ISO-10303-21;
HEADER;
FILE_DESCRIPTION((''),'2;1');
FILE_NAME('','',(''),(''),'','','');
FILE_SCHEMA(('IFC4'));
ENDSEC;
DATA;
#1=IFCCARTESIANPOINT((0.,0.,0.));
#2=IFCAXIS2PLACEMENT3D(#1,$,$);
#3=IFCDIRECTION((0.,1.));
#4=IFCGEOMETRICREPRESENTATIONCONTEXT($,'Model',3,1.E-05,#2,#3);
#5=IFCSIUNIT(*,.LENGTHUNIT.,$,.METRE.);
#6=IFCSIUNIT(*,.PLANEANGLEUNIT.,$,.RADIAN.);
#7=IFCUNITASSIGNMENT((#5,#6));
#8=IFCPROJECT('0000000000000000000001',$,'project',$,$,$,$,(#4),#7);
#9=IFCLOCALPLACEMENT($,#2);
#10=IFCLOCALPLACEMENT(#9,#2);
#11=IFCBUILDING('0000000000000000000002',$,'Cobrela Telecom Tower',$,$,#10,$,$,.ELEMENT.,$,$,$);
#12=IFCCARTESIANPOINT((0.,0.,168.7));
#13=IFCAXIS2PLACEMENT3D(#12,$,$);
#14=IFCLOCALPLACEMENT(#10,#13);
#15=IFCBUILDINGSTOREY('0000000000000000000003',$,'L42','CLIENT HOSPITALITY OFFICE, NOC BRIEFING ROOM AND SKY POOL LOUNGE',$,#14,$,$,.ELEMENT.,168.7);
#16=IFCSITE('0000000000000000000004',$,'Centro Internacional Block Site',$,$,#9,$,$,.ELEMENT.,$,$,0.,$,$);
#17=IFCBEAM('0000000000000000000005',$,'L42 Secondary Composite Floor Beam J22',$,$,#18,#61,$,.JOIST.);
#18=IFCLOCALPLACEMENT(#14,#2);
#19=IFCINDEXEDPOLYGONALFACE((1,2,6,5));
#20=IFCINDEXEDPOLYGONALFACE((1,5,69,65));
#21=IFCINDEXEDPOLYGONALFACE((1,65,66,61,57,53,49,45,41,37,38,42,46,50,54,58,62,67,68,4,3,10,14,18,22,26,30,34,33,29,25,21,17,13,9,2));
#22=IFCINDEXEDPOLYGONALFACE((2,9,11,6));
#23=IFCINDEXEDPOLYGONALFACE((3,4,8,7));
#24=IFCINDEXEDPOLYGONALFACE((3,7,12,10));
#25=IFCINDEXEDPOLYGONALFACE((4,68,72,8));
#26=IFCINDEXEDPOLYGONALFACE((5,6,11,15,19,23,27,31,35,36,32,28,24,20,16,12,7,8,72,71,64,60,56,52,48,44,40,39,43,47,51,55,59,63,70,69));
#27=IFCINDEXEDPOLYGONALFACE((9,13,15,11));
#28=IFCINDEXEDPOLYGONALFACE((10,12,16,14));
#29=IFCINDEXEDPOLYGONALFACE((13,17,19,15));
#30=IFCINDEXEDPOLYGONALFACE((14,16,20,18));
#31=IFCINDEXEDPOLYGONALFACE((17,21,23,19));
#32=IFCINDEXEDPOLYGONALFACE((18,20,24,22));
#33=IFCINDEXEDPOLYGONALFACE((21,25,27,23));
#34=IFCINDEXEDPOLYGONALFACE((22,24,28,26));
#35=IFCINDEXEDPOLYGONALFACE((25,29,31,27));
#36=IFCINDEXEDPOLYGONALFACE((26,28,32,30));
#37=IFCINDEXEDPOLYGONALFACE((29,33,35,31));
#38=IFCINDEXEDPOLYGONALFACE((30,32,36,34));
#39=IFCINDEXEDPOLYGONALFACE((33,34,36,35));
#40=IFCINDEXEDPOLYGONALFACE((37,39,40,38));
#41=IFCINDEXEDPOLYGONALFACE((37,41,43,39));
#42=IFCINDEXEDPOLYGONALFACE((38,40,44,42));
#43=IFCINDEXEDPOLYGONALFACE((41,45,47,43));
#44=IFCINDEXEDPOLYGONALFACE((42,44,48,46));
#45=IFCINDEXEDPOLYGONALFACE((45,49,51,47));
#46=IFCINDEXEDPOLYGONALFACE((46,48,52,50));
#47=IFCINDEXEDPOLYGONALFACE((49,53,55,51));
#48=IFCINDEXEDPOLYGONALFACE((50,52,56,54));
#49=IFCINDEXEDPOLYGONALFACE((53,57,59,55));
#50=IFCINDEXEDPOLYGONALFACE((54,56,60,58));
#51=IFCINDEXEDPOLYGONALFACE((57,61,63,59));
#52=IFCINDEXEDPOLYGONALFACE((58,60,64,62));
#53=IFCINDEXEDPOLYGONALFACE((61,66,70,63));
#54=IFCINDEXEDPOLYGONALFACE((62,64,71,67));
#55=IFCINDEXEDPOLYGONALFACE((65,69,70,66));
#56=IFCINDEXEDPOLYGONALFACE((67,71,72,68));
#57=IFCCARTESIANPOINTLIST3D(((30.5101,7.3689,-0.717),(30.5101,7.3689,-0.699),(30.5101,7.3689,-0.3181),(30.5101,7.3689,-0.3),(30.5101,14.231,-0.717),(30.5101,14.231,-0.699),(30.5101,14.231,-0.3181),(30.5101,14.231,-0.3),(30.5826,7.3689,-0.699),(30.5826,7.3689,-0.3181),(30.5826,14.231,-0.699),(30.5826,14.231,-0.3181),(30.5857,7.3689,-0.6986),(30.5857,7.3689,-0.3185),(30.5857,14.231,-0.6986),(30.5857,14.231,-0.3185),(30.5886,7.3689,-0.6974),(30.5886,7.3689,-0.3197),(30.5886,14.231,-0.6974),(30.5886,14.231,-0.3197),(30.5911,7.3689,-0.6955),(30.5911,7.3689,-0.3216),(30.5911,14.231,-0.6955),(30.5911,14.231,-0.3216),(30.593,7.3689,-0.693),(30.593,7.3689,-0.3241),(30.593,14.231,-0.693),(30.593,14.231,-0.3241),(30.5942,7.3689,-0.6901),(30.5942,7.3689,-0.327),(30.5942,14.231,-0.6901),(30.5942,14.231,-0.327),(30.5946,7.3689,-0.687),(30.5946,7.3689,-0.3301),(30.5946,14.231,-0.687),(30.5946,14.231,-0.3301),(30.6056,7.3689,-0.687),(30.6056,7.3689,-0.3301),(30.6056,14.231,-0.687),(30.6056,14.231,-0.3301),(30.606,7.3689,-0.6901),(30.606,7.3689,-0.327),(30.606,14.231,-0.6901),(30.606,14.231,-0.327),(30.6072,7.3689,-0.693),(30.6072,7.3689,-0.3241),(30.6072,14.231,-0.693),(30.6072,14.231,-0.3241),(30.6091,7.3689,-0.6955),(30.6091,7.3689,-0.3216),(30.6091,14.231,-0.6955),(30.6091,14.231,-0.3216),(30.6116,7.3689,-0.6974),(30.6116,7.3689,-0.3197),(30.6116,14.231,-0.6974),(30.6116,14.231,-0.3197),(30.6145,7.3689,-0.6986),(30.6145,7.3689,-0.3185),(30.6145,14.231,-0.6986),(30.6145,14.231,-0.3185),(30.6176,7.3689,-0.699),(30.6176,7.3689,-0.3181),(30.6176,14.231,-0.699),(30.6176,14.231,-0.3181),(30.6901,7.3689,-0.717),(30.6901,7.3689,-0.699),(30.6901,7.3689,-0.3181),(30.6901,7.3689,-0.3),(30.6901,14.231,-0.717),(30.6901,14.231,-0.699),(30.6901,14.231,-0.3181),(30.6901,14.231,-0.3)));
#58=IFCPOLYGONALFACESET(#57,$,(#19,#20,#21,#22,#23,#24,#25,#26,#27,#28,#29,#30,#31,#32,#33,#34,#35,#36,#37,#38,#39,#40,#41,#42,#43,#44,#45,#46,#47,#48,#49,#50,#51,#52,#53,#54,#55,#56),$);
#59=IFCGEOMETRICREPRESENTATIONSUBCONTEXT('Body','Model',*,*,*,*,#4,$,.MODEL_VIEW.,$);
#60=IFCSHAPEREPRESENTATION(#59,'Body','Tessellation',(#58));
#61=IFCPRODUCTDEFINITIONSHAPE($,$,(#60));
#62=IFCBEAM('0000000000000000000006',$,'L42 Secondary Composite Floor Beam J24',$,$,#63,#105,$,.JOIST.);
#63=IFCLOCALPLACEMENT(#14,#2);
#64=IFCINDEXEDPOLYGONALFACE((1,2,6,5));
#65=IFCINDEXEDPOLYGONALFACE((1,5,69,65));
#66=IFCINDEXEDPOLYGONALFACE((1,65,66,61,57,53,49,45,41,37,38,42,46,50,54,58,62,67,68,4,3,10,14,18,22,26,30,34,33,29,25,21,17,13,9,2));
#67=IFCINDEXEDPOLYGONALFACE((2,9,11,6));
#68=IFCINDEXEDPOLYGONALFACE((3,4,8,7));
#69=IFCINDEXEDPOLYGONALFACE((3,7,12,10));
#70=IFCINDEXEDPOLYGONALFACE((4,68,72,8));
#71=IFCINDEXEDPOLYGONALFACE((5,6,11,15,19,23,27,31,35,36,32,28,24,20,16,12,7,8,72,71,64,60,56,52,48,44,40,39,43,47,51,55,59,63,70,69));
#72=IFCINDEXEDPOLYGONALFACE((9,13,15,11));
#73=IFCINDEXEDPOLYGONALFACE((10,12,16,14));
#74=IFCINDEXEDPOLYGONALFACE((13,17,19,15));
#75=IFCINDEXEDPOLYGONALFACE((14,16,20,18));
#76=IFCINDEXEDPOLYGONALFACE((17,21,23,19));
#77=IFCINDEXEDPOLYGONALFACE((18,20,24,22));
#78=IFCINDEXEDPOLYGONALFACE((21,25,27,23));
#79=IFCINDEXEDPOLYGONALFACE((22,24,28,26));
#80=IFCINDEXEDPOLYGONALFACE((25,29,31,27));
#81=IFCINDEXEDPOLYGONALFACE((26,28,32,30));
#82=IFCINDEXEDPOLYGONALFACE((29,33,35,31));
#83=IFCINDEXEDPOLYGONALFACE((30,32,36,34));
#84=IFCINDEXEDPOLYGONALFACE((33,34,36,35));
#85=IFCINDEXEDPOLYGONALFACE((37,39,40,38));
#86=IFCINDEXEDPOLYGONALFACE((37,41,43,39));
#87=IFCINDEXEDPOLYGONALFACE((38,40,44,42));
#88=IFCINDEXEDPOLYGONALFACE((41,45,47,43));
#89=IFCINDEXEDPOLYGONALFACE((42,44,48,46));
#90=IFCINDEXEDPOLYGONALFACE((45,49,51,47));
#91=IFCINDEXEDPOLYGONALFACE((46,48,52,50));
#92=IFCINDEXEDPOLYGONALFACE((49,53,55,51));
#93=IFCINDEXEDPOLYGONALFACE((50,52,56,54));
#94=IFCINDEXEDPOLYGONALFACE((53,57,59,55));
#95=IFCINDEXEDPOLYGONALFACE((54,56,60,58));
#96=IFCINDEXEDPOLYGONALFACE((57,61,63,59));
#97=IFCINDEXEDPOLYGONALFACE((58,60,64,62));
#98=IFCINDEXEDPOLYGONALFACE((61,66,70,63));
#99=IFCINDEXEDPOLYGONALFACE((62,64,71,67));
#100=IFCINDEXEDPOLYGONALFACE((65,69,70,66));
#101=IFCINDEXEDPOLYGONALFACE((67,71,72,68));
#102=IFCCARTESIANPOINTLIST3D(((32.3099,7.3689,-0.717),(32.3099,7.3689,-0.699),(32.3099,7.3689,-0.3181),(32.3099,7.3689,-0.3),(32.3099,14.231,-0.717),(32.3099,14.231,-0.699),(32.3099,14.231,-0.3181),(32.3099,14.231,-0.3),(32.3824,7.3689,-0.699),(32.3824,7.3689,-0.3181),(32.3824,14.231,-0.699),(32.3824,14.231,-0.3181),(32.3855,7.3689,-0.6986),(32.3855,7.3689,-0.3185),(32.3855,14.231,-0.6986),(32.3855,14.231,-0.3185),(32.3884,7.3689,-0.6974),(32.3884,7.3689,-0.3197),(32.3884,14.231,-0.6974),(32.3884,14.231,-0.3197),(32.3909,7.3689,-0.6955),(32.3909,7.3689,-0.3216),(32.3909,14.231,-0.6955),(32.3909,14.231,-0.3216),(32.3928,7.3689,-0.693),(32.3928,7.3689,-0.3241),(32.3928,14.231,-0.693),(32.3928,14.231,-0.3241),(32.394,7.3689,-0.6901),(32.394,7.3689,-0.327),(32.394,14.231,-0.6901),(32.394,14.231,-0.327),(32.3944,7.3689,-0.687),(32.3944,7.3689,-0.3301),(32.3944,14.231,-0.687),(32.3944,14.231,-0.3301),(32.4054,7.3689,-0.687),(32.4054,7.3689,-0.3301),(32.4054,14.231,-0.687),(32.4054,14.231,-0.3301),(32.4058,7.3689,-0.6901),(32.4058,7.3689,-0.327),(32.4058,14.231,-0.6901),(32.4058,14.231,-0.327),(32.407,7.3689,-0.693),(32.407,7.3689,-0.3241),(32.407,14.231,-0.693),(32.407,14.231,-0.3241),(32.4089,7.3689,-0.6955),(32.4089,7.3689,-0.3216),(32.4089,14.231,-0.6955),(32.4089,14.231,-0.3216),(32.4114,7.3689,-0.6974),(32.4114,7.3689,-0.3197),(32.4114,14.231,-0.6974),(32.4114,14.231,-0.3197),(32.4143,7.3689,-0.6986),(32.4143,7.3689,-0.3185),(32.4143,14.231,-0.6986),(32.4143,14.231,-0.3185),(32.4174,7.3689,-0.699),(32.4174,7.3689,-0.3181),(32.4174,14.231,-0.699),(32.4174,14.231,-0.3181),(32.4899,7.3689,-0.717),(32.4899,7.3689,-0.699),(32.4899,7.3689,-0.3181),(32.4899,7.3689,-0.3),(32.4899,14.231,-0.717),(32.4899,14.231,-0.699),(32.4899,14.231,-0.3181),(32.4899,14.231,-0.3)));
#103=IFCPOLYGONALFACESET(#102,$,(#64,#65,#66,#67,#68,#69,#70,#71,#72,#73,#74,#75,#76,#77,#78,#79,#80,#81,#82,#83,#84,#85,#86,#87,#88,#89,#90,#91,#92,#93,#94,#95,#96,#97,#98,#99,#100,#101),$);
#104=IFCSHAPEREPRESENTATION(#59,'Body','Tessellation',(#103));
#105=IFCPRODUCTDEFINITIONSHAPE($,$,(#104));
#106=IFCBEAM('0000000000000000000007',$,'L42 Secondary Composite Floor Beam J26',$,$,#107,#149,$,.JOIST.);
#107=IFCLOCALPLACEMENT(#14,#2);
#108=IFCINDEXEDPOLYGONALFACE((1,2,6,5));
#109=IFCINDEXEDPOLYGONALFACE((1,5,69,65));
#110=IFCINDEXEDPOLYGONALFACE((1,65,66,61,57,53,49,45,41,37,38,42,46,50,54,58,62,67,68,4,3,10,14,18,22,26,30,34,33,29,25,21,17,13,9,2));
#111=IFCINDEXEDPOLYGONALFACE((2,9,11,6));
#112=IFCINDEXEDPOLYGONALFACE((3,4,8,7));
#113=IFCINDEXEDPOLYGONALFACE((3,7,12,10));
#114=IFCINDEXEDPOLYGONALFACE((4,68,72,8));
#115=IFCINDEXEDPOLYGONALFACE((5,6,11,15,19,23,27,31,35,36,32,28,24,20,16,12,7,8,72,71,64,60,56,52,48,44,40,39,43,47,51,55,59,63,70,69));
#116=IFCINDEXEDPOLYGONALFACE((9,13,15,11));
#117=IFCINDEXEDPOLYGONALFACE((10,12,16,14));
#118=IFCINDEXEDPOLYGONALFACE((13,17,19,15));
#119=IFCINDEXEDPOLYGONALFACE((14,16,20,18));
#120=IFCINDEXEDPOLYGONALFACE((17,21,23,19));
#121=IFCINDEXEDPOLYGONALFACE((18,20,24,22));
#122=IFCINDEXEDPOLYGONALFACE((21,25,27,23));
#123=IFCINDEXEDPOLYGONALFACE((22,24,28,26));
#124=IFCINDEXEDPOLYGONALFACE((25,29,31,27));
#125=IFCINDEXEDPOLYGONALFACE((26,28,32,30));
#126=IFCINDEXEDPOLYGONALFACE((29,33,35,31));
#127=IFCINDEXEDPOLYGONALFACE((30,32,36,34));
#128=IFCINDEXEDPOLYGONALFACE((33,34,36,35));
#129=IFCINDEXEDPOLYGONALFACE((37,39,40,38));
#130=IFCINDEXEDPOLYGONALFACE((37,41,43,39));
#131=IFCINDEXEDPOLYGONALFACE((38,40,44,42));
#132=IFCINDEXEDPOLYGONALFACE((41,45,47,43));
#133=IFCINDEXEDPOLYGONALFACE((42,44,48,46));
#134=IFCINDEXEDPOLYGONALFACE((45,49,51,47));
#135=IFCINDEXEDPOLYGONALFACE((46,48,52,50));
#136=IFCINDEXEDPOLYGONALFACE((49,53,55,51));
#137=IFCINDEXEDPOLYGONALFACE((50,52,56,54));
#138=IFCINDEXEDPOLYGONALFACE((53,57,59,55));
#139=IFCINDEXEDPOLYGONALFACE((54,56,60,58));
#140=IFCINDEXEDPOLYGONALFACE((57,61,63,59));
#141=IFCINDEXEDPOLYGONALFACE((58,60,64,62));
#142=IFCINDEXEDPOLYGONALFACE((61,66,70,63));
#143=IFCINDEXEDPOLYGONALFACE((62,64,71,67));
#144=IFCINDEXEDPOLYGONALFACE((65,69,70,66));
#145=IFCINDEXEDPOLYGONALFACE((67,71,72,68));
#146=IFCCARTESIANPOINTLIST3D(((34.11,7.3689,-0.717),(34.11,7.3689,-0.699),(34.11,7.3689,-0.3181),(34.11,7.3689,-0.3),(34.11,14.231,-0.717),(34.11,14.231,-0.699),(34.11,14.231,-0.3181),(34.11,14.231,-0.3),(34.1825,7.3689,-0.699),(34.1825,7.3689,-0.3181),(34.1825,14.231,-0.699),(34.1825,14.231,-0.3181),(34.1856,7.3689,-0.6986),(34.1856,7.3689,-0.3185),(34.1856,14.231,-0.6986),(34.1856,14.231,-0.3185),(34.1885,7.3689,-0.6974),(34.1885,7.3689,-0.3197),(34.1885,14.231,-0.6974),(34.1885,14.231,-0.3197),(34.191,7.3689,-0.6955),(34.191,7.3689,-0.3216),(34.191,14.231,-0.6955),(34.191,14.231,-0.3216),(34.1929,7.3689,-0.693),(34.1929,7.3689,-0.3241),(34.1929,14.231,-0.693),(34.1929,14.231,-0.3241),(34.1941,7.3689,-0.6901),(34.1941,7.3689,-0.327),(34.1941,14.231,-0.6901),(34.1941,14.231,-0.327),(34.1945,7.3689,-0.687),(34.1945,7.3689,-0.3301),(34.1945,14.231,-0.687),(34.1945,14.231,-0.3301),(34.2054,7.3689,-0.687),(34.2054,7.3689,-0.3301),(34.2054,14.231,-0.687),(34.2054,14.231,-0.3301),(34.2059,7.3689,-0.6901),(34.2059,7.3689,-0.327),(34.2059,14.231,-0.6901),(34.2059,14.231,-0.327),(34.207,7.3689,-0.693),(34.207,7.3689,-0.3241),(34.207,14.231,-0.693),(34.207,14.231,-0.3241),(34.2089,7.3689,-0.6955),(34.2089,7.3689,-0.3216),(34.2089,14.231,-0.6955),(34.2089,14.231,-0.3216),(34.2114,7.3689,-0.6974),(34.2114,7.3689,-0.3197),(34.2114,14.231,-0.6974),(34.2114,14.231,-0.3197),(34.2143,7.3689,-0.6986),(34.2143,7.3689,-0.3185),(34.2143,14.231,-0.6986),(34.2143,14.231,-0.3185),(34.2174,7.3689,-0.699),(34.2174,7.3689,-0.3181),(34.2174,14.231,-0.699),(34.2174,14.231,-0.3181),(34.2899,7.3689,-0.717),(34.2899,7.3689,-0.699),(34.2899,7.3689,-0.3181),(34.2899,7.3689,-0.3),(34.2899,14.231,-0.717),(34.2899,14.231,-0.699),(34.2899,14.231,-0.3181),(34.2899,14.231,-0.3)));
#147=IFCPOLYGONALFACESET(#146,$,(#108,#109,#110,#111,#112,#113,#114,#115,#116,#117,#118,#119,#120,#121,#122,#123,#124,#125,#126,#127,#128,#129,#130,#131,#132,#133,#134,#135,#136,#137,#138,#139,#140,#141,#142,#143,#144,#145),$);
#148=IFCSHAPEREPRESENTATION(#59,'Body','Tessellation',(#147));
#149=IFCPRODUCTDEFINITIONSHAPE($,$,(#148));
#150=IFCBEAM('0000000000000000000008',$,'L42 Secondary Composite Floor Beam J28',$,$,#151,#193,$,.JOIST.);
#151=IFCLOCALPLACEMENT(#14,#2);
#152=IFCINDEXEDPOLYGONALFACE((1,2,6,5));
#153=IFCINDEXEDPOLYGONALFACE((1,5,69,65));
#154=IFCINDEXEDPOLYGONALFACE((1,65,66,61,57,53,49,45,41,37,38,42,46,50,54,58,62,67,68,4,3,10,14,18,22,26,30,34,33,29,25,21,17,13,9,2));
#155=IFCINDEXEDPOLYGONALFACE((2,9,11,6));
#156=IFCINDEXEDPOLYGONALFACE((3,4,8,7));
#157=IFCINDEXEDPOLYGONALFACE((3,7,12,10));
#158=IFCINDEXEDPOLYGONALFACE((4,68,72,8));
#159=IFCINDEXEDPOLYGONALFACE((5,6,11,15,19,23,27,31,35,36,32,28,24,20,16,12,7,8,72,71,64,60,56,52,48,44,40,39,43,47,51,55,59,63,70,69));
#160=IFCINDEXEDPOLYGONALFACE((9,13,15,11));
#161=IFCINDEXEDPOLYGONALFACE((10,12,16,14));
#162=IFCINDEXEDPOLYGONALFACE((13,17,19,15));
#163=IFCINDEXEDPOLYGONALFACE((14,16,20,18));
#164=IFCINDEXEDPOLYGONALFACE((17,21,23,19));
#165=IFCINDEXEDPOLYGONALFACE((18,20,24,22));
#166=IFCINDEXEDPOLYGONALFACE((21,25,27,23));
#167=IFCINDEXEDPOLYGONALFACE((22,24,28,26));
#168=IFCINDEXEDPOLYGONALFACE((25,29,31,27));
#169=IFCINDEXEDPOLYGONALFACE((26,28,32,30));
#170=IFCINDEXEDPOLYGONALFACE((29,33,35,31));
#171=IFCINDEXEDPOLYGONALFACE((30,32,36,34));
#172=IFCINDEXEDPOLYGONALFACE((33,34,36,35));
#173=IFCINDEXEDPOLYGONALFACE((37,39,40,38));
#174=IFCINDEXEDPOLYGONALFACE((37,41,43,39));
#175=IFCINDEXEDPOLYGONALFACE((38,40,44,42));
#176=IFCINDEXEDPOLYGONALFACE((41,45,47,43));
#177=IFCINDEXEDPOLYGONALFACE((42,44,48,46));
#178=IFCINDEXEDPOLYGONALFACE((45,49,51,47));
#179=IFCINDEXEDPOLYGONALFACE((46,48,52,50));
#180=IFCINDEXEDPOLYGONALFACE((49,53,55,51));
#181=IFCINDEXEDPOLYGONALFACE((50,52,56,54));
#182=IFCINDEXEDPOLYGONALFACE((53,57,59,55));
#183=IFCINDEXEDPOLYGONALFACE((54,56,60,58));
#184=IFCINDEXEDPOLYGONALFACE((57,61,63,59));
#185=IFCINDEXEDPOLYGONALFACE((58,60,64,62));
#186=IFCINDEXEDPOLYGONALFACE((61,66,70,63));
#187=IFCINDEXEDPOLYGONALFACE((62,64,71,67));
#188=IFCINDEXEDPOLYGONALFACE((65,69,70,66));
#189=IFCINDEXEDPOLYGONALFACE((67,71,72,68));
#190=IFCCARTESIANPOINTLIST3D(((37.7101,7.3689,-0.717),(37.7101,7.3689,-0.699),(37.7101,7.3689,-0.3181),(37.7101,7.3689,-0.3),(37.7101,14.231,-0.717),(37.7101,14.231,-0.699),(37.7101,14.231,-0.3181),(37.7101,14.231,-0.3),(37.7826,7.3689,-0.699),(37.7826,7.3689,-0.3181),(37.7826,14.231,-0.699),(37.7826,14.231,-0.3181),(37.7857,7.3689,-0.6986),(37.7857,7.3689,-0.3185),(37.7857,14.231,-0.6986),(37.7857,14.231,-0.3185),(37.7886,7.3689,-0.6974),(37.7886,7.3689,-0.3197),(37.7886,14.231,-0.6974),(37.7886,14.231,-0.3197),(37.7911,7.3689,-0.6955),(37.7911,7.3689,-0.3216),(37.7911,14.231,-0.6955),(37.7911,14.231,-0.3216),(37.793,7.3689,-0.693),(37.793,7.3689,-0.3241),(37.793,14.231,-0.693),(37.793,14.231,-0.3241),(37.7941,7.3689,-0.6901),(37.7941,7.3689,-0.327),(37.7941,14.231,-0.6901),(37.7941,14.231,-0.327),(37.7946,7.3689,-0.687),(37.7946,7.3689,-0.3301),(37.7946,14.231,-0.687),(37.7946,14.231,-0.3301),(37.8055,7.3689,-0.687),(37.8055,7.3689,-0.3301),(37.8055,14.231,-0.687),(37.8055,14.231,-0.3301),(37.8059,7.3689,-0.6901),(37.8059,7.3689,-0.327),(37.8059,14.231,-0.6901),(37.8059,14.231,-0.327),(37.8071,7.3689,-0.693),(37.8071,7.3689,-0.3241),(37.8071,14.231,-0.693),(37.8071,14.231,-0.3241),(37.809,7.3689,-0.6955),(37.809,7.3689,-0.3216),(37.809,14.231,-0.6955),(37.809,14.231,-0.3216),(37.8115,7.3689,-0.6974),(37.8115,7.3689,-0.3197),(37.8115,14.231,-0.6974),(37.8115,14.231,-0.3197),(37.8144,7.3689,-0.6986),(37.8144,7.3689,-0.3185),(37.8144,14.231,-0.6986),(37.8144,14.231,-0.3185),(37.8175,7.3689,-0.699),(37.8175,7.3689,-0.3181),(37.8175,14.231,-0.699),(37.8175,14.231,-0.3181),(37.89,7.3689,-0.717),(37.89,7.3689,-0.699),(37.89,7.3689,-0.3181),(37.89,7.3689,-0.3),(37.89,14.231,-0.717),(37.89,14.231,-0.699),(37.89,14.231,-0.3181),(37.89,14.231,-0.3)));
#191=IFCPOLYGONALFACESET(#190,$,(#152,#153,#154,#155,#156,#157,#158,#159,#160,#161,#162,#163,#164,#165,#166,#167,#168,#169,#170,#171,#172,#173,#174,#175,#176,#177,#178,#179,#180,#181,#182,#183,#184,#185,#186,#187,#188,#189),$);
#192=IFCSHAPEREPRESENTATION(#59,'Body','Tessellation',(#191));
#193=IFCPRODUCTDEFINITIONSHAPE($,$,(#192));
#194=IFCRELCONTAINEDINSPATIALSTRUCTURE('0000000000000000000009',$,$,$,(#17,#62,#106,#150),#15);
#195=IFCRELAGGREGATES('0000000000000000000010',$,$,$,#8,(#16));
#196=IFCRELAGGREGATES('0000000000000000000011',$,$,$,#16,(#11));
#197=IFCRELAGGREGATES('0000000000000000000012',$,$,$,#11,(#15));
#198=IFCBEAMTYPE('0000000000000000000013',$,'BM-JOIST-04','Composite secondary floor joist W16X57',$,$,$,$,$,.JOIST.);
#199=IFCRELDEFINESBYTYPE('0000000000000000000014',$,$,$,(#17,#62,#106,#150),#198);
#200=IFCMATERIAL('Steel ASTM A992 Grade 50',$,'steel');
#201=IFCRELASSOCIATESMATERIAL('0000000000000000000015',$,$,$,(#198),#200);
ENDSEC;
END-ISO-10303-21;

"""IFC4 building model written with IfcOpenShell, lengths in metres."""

from ifc_helpers import new_model, si_unit, direction, frame, origin, origin_2d, place, context, subcontext, project, spatial, i_section, extrude, material, material_profile, profile_set, type_object, element, save


model = new_model("IFC4")

# Units and contexts
model_context = context("Model", 3, precision=1e-05, world=origin(), true_north=direction((0.0, 1.0)))
body_context = subcontext(model_context, "Body", "Model", "MODEL_VIEW")
ifc_project = project(units=[si_unit("LENGTHUNIT", "METRE"), si_unit("PLANEANGLEUNIT", "RADIAN")], contexts=[model_context])

# Site, building, storey
site_placement = place(None, origin())
site = spatial("IfcSite", under=ifc_project, at=site_placement, Name="Centro Internacional Block Site", CompositionType="ELEMENT", RefElevation=0.0)
building_placement = place(site_placement, origin())
building = spatial("IfcBuilding", under=site, at=building_placement, Name="Cobrela Telecom Tower", CompositionType="ELEMENT")
storey_placement = place(building_placement, frame((0.0, 0.0, 168.7)))
storey = spatial("IfcBuildingStorey", under=building, at=storey_placement, Name="L42", Description="CLIENT HOSPITALITY OFFICE, NOC BRIEFING ROOM AND SKY POOL LOUNGE", CompositionType="ELEMENT", Elevation=168.7)

# Shared definitions
ifc_material_1 = material(Name="Steel ASTM A992 Grade 50", Category="steel")

# Beams
ifc_material_profile_1 = material_profile(ifc_material_1, i_section(OverallWidth=0.1799, OverallDepth=0.417, WebThickness=0.011, FlangeThickness=0.0181, FilletRadius=0.012, at=origin_2d()), Name="W16X57")
ifc_profile_set_1 = profile_set([ifc_material_profile_1], Name="Steel ASTM A992 Grade 50")
beam_type_1 = type_object("IfcBeamType", Name="BM-JOIST-04", Description="Composite secondary floor joist W16X57", PredefinedType="JOIST", material=ifc_profile_set_1)
for number, where, z_axis, x_axis, name in (
    (1, (30.6001, 7.3689, -0.5085), (0.0, 1.0, 0.0), (-1.0, 0.0, 0.0), "L42 Secondary Composite Floor Beam J22"),
    (2, (32.3999, 7.3689, -0.5085), (0.0, 1.0, 0.0), (-1.0, 0.0, 0.0), "L42 Secondary Composite Floor Beam J24"),
    (3, (34.2, 7.3689, -0.5085), (0.0, 1.0, 0.0), (-1.0, 0.0, 0.0), "L42 Secondary Composite Floor Beam J26"),
    (4, (37.8, 7.3689, -0.5085), (0.0, 1.0, 0.0), (-1.0, 0.0, 0.0), "L42 Secondary Composite Floor Beam J28"),
):
    element("IfcBeam", number, at=place(storey_placement, frame(where, z_axis=z_axis, x_axis=x_axis)), inside=storey, type_object=beam_type_1, Name=name, PredefinedType="JOIST", context=body_context, shape_type="SweptSolid", body=[
        extrude(i_section(OverallWidth=0.1799, OverallDepth=0.417, WebThickness=0.011, FlangeThickness=0.0181, FilletRadius=0.012, at=origin_2d()), origin(), (0.0, 0.0, 1.0), 6.8621),
    ])

save(model, "model.ifc")
